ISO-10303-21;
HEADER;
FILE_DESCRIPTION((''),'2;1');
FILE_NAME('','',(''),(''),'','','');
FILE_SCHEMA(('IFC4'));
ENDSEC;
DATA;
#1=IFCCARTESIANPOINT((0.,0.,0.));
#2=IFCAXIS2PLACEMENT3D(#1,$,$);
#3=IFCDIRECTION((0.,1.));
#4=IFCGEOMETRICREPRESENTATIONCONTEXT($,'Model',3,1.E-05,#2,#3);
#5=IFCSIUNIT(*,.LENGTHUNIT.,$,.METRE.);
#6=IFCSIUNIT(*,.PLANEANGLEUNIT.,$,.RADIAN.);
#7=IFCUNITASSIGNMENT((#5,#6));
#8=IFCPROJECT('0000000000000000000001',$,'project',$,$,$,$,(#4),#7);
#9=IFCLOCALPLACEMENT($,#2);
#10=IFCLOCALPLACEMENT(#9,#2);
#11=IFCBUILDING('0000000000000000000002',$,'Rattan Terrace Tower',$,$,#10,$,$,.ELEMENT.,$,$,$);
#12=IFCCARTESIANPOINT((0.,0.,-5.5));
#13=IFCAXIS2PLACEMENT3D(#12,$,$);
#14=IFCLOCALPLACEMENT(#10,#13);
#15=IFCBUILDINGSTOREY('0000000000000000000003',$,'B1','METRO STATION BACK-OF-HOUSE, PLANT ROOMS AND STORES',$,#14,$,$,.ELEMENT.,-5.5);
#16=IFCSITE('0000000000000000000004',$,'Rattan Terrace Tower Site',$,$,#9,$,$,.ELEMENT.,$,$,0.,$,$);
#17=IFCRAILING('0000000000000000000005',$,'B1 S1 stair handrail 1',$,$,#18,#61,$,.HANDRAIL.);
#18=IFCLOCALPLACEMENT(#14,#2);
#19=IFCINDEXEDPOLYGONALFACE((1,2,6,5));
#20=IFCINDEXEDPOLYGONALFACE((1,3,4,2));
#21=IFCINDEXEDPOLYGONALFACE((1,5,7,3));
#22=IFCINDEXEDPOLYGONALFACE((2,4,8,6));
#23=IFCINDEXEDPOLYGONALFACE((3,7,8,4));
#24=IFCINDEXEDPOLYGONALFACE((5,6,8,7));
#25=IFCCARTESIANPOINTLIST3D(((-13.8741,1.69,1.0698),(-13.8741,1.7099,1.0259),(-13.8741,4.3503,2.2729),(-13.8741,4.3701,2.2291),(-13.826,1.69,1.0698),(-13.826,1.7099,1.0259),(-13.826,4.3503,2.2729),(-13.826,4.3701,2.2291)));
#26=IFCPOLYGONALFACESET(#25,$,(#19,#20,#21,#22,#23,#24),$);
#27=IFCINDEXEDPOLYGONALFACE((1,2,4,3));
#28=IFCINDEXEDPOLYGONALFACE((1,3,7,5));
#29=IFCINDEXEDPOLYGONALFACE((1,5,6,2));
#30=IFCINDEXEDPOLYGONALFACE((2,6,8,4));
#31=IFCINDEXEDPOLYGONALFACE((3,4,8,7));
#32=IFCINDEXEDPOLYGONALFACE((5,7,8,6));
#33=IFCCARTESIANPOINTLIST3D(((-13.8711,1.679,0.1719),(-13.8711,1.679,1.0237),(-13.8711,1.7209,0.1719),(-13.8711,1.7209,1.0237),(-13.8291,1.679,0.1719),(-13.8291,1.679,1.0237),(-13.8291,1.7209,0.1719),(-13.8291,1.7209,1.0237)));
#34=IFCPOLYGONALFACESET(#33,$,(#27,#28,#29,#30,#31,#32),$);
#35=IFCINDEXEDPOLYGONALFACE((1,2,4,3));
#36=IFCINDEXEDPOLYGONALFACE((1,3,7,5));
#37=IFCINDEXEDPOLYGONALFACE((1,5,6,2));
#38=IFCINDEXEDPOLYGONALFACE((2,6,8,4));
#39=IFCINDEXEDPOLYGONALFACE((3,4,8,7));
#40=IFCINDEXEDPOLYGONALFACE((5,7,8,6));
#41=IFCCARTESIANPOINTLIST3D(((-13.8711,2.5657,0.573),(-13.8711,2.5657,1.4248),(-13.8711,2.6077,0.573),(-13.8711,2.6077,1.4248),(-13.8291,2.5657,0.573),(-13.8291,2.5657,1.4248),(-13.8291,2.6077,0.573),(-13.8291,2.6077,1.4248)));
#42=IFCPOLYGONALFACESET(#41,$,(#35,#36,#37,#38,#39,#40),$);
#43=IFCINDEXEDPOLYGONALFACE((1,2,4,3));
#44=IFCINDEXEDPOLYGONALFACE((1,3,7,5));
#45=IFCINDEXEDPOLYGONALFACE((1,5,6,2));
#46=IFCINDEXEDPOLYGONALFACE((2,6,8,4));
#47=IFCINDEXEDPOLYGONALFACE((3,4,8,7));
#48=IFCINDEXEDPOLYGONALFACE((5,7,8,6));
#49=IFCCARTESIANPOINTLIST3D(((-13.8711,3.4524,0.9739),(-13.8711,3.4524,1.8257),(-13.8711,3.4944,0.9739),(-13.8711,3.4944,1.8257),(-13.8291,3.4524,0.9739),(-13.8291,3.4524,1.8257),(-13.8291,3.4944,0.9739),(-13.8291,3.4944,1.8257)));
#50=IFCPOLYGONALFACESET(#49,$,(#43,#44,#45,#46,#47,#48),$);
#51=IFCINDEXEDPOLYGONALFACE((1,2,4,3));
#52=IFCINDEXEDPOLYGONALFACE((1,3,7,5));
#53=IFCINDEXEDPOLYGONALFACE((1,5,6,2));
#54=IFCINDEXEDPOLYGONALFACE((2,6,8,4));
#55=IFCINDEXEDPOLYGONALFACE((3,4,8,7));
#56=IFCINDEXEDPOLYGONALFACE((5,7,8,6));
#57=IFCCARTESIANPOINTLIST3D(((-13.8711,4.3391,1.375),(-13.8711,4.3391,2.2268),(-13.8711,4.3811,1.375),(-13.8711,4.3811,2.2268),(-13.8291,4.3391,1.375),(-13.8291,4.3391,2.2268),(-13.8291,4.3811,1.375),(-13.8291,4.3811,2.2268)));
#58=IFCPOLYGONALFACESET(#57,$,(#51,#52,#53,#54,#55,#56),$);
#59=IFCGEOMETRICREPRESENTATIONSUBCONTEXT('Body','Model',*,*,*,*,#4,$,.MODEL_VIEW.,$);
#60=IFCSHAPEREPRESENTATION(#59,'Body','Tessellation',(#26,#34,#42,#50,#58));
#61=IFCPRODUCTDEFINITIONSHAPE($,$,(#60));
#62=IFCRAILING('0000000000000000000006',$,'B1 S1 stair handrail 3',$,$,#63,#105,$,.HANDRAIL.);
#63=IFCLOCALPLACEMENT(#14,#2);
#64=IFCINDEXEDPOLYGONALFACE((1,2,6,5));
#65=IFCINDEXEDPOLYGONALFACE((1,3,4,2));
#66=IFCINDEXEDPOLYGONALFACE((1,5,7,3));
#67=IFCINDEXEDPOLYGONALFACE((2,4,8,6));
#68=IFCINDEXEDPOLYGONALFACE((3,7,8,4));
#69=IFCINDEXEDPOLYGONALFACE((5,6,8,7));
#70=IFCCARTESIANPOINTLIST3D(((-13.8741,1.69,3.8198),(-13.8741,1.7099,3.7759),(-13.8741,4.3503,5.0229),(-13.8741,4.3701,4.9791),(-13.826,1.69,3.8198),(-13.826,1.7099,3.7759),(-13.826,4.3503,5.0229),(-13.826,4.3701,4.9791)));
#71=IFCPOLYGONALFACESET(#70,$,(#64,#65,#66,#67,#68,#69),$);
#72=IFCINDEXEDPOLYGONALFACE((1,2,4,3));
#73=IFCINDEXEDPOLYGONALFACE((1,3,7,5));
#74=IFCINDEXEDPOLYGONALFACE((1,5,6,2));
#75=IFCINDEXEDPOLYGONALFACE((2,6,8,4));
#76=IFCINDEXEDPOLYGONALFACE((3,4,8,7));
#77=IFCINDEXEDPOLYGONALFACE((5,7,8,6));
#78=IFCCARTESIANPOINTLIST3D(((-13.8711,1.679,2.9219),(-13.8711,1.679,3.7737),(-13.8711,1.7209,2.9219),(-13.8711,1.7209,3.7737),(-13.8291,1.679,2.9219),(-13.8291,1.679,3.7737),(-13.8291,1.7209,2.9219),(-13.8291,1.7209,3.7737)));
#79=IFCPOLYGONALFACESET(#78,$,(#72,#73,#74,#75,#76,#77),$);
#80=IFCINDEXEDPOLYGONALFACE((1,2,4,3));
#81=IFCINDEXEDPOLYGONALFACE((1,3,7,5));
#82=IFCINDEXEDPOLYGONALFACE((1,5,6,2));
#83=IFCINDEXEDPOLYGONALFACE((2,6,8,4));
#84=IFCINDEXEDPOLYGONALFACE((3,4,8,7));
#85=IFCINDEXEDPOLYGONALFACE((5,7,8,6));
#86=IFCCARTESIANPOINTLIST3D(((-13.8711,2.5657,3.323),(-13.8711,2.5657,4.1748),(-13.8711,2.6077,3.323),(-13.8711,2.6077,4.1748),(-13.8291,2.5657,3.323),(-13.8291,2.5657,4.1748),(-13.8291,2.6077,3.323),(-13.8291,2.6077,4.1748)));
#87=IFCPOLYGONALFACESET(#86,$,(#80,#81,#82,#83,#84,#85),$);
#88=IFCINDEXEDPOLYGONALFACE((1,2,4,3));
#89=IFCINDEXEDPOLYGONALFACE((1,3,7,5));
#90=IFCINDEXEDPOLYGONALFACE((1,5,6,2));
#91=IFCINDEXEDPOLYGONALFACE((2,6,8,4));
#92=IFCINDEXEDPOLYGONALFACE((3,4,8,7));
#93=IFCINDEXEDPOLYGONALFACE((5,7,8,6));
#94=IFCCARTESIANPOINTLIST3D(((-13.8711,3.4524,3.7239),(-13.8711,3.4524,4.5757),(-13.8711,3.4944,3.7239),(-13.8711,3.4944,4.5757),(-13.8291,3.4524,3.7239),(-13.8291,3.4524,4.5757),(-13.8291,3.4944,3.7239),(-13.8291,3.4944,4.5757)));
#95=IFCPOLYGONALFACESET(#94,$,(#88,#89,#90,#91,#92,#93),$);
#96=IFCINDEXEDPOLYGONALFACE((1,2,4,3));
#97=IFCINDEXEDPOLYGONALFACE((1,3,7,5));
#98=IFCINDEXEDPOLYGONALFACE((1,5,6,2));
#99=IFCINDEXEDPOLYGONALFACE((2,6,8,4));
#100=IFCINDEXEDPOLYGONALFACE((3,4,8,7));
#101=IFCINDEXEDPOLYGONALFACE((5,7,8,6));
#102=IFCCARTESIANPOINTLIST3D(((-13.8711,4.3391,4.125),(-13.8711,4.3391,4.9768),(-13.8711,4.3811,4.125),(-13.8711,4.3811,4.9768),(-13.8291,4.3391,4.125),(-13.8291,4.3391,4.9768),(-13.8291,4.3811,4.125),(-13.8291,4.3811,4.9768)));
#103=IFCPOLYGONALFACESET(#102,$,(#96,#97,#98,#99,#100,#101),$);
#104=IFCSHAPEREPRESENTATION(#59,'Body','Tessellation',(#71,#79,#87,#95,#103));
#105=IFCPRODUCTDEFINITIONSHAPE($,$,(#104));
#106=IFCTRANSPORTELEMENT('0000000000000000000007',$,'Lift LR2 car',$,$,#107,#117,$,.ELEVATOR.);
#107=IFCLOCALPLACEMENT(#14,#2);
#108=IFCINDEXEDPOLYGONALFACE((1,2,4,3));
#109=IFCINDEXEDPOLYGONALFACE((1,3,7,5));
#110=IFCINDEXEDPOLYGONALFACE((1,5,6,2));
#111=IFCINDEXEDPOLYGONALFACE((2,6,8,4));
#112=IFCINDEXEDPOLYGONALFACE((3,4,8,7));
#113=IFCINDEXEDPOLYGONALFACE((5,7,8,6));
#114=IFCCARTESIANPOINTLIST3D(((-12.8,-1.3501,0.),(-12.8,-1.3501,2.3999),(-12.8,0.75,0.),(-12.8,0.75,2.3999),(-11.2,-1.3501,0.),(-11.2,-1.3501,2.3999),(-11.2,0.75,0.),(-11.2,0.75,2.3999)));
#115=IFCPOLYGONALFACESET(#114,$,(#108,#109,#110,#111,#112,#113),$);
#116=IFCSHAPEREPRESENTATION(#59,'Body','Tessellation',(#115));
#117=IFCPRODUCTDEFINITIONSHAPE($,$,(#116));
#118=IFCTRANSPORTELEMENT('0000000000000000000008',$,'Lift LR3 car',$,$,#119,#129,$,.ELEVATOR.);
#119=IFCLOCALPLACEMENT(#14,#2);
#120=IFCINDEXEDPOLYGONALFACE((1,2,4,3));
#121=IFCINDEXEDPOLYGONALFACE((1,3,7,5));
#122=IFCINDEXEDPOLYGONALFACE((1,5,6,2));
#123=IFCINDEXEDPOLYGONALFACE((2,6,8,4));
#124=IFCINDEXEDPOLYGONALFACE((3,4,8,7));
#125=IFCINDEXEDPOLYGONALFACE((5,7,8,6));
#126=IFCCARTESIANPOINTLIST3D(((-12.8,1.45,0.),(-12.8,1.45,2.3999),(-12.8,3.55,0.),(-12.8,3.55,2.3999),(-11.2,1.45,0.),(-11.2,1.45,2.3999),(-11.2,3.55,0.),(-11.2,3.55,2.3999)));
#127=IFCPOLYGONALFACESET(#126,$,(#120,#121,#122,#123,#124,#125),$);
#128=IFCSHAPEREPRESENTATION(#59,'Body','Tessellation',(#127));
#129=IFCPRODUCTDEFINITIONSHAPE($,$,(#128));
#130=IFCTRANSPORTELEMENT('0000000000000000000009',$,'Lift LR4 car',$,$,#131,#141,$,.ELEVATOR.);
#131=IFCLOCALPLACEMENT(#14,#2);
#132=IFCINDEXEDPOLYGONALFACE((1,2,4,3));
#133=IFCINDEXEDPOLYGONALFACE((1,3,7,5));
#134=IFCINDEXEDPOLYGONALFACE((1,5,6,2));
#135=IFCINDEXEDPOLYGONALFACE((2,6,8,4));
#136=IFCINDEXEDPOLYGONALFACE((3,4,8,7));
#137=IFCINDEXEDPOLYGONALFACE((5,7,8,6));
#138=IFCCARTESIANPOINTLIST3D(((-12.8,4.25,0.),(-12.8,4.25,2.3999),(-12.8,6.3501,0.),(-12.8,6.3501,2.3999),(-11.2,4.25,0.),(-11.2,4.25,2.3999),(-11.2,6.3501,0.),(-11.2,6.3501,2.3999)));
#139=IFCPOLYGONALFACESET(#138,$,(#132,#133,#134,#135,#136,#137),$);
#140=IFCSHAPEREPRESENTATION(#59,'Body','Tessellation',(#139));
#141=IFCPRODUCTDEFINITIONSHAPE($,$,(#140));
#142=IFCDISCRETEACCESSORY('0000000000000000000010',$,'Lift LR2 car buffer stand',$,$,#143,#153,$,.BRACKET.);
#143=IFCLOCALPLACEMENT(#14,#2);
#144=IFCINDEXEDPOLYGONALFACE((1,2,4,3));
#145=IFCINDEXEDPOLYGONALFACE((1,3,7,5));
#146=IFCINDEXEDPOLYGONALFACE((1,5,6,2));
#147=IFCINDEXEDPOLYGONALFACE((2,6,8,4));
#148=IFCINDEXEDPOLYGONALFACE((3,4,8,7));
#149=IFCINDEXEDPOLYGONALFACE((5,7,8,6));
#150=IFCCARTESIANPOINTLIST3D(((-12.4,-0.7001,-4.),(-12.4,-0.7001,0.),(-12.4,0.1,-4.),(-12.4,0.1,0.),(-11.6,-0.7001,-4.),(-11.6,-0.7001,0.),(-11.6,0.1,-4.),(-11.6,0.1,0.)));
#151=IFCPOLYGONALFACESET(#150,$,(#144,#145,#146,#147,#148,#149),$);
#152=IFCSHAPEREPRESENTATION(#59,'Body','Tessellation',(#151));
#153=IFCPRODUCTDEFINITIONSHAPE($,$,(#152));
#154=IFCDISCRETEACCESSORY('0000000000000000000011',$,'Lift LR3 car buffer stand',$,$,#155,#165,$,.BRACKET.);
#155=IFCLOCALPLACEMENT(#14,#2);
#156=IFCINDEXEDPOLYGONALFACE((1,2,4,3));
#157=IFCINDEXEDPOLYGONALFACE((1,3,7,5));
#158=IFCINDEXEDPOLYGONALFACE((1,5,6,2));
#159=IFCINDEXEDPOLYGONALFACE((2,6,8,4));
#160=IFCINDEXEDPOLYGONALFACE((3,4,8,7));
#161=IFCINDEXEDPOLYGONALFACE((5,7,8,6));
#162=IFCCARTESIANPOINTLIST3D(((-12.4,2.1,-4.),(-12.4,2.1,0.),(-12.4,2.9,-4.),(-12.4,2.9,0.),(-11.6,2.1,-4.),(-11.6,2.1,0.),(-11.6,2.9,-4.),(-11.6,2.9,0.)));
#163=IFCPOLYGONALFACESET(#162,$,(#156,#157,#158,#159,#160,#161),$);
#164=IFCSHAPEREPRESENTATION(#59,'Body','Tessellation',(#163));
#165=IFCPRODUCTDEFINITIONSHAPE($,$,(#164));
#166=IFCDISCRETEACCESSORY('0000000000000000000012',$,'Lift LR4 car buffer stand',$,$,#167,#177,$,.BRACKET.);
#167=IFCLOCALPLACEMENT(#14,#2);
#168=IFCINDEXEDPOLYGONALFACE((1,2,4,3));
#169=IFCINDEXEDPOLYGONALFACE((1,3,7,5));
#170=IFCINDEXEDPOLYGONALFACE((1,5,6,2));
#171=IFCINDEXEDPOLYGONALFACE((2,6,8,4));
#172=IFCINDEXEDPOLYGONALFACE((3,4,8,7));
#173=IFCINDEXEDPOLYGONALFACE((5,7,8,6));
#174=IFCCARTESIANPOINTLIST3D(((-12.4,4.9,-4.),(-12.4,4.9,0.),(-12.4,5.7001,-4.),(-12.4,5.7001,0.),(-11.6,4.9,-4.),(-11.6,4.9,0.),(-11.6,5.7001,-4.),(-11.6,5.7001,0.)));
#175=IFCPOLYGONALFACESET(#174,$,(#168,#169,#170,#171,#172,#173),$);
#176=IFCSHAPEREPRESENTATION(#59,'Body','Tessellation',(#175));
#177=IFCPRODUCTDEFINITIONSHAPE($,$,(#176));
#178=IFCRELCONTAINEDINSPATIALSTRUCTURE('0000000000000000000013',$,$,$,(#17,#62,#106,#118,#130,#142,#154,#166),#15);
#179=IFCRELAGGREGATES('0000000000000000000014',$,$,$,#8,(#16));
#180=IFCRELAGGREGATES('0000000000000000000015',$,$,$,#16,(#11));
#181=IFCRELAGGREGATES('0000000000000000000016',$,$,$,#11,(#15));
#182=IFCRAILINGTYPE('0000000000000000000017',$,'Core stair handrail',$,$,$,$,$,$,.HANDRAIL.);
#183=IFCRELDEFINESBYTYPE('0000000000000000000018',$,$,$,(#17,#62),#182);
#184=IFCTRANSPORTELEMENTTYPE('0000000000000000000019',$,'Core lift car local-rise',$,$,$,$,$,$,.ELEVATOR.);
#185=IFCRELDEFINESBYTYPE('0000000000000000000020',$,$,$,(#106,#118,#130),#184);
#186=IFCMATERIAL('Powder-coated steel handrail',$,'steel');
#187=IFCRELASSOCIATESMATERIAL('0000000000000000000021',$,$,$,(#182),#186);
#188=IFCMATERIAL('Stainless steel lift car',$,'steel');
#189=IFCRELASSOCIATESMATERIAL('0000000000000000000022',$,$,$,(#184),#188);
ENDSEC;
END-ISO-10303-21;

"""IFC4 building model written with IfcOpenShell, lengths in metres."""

from ifc_helpers import new_model, si_unit, direction, frame, origin, origin_2d, place, context, subcontext, project, spatial, rectangle, extrude, material, type_object, element, save


model = new_model("IFC4")

# Units and contexts
model_context = context("Model", 3, precision=1e-05, world=origin(), true_north=direction((0.0, 1.0)))
body_context = subcontext(model_context, "Body", "Model", "MODEL_VIEW")
ifc_project = project(units=[si_unit("LENGTHUNIT", "METRE"), si_unit("PLANEANGLEUNIT", "RADIAN")], contexts=[model_context])

# Site, building, storey
site_placement = place(None, origin())
site = spatial("IfcSite", under=ifc_project, at=site_placement, Name="Rattan Terrace Tower Site", CompositionType="ELEMENT", RefElevation=0.0)
building_placement = place(site_placement, origin())
building = spatial("IfcBuilding", under=site, at=building_placement, Name="Rattan Terrace Tower", CompositionType="ELEMENT")
storey_placement = place(building_placement, frame((0.0, 0.0, -5.5)))
storey = spatial("IfcBuildingStorey", under=building, at=storey_placement, Name="B1", Description="METRO STATION BACK-OF-HOUSE, PLANT ROOMS AND STORES", CompositionType="ELEMENT", Elevation=-5.5)

# Railings
ifc_material_1 = material(Name="Powder-coated steel handrail", Category="steel")
railing_type_1 = type_object("IfcRailingType", Name="Core stair handrail", PredefinedType="HANDRAIL", material=ifc_material_1)
for number, where, name in (
    (1, (-13.8501, 1.7, 0.1719), "B1 S1 stair handrail 1"),
    (2, (-13.8501, 1.7, 2.9219), "B1 S1 stair handrail 3"),
):
    element("IfcRailing", number, at=place(storey_placement, frame(where)), inside=storey, type_object=railing_type_1, Name=name, PredefinedType="HANDRAIL", context=body_context, shape_type="SweptSolid", body=[
        extrude(rectangle(XDim=0.0481, YDim=0.0481, at=origin_2d()), frame((0.0, 0.0, 0.876), z_axis=(0.0, 0.911144, 0.412089), x_axis=(-1.0, 0.0, 0.0)), (0.0, 0.0, 1.0), 2.9197),
        extrude(rectangle(XDim=0.042, YDim=0.042, at=origin_2d()), origin(), (0.0, 0.0, 1.0), 0.8518),
        extrude(rectangle(XDim=0.042, YDim=0.042, at=origin_2d()), frame((0.0, 0.8867, 0.4011)), (0.0, 0.0, 1.0), 0.8518),
        extrude(rectangle(XDim=0.042, YDim=0.042, at=origin_2d()), frame((0.0, 1.7734, 0.802)), (0.0, 0.0, 1.0), 0.8518),
        extrude(rectangle(XDim=0.042, YDim=0.042, at=origin_2d()), frame((0.0, 2.6602, 1.2031)), (0.0, 0.0, 1.0), 0.8518),
    ])

# Transport elements
ifc_material_2 = material(Name="Stainless steel lift car", Category="steel")
transport_element_type = type_object("IfcTransportElementType", Name="Core lift car local-rise", PredefinedType="ELEVATOR", material=ifc_material_2)
for number, where, z_axis, x_axis, name in (
    (3, (-12.0, -0.3, 0.0), (0.0, 0.0, 1.0), (1.0, 0.0, 0.0), "Lift LR2 car"),
    (4, (-12.0, 2.5, 0.0), (0.0, 0.0, 1.0), (1.0, 0.0, 0.0), "Lift LR3 car"),
    (5, (-12.0, 5.3, 0.0), (0.0, 0.0, 1.0), (1.0, 0.0, 0.0), "Lift LR4 car"),
):
    element("IfcTransportElement", number, at=place(storey_placement, frame(where, z_axis=z_axis, x_axis=x_axis)), inside=storey, type_object=transport_element_type, Name=name, PredefinedType="ELEVATOR", context=body_context, shape_type="SweptSolid", body=[
        extrude(rectangle(XDim=1.6001, YDim=2.1001, at=origin_2d()), origin(), (0.0, 0.0, 1.0), 2.3999),
    ])

# Discrete accessories
for number, where, z_axis, x_axis, name in (
    (6, (-12.0, -0.3, -4.0), (0.0, 0.0, 1.0), (1.0, 0.0, 0.0), "Lift LR2 car buffer stand"),
    (7, (-12.0, 2.5, -4.0), (0.0, 0.0, 1.0), (1.0, 0.0, 0.0), "Lift LR3 car buffer stand"),
    (8, (-12.0, 5.3, -4.0), (0.0, 0.0, 1.0), (1.0, 0.0, 0.0), "Lift LR4 car buffer stand"),
):
    element("IfcDiscreteAccessory", number, at=place(storey_placement, frame(where, z_axis=z_axis, x_axis=x_axis)), inside=storey, Name=name, PredefinedType="BRACKET", context=body_context, shape_type="SweptSolid", body=[
        extrude(rectangle(XDim=0.8, YDim=0.8, at=origin_2d()), origin(), (0.0, 0.0, 1.0), 4.0),
    ])

save(model, "model.ifc")
